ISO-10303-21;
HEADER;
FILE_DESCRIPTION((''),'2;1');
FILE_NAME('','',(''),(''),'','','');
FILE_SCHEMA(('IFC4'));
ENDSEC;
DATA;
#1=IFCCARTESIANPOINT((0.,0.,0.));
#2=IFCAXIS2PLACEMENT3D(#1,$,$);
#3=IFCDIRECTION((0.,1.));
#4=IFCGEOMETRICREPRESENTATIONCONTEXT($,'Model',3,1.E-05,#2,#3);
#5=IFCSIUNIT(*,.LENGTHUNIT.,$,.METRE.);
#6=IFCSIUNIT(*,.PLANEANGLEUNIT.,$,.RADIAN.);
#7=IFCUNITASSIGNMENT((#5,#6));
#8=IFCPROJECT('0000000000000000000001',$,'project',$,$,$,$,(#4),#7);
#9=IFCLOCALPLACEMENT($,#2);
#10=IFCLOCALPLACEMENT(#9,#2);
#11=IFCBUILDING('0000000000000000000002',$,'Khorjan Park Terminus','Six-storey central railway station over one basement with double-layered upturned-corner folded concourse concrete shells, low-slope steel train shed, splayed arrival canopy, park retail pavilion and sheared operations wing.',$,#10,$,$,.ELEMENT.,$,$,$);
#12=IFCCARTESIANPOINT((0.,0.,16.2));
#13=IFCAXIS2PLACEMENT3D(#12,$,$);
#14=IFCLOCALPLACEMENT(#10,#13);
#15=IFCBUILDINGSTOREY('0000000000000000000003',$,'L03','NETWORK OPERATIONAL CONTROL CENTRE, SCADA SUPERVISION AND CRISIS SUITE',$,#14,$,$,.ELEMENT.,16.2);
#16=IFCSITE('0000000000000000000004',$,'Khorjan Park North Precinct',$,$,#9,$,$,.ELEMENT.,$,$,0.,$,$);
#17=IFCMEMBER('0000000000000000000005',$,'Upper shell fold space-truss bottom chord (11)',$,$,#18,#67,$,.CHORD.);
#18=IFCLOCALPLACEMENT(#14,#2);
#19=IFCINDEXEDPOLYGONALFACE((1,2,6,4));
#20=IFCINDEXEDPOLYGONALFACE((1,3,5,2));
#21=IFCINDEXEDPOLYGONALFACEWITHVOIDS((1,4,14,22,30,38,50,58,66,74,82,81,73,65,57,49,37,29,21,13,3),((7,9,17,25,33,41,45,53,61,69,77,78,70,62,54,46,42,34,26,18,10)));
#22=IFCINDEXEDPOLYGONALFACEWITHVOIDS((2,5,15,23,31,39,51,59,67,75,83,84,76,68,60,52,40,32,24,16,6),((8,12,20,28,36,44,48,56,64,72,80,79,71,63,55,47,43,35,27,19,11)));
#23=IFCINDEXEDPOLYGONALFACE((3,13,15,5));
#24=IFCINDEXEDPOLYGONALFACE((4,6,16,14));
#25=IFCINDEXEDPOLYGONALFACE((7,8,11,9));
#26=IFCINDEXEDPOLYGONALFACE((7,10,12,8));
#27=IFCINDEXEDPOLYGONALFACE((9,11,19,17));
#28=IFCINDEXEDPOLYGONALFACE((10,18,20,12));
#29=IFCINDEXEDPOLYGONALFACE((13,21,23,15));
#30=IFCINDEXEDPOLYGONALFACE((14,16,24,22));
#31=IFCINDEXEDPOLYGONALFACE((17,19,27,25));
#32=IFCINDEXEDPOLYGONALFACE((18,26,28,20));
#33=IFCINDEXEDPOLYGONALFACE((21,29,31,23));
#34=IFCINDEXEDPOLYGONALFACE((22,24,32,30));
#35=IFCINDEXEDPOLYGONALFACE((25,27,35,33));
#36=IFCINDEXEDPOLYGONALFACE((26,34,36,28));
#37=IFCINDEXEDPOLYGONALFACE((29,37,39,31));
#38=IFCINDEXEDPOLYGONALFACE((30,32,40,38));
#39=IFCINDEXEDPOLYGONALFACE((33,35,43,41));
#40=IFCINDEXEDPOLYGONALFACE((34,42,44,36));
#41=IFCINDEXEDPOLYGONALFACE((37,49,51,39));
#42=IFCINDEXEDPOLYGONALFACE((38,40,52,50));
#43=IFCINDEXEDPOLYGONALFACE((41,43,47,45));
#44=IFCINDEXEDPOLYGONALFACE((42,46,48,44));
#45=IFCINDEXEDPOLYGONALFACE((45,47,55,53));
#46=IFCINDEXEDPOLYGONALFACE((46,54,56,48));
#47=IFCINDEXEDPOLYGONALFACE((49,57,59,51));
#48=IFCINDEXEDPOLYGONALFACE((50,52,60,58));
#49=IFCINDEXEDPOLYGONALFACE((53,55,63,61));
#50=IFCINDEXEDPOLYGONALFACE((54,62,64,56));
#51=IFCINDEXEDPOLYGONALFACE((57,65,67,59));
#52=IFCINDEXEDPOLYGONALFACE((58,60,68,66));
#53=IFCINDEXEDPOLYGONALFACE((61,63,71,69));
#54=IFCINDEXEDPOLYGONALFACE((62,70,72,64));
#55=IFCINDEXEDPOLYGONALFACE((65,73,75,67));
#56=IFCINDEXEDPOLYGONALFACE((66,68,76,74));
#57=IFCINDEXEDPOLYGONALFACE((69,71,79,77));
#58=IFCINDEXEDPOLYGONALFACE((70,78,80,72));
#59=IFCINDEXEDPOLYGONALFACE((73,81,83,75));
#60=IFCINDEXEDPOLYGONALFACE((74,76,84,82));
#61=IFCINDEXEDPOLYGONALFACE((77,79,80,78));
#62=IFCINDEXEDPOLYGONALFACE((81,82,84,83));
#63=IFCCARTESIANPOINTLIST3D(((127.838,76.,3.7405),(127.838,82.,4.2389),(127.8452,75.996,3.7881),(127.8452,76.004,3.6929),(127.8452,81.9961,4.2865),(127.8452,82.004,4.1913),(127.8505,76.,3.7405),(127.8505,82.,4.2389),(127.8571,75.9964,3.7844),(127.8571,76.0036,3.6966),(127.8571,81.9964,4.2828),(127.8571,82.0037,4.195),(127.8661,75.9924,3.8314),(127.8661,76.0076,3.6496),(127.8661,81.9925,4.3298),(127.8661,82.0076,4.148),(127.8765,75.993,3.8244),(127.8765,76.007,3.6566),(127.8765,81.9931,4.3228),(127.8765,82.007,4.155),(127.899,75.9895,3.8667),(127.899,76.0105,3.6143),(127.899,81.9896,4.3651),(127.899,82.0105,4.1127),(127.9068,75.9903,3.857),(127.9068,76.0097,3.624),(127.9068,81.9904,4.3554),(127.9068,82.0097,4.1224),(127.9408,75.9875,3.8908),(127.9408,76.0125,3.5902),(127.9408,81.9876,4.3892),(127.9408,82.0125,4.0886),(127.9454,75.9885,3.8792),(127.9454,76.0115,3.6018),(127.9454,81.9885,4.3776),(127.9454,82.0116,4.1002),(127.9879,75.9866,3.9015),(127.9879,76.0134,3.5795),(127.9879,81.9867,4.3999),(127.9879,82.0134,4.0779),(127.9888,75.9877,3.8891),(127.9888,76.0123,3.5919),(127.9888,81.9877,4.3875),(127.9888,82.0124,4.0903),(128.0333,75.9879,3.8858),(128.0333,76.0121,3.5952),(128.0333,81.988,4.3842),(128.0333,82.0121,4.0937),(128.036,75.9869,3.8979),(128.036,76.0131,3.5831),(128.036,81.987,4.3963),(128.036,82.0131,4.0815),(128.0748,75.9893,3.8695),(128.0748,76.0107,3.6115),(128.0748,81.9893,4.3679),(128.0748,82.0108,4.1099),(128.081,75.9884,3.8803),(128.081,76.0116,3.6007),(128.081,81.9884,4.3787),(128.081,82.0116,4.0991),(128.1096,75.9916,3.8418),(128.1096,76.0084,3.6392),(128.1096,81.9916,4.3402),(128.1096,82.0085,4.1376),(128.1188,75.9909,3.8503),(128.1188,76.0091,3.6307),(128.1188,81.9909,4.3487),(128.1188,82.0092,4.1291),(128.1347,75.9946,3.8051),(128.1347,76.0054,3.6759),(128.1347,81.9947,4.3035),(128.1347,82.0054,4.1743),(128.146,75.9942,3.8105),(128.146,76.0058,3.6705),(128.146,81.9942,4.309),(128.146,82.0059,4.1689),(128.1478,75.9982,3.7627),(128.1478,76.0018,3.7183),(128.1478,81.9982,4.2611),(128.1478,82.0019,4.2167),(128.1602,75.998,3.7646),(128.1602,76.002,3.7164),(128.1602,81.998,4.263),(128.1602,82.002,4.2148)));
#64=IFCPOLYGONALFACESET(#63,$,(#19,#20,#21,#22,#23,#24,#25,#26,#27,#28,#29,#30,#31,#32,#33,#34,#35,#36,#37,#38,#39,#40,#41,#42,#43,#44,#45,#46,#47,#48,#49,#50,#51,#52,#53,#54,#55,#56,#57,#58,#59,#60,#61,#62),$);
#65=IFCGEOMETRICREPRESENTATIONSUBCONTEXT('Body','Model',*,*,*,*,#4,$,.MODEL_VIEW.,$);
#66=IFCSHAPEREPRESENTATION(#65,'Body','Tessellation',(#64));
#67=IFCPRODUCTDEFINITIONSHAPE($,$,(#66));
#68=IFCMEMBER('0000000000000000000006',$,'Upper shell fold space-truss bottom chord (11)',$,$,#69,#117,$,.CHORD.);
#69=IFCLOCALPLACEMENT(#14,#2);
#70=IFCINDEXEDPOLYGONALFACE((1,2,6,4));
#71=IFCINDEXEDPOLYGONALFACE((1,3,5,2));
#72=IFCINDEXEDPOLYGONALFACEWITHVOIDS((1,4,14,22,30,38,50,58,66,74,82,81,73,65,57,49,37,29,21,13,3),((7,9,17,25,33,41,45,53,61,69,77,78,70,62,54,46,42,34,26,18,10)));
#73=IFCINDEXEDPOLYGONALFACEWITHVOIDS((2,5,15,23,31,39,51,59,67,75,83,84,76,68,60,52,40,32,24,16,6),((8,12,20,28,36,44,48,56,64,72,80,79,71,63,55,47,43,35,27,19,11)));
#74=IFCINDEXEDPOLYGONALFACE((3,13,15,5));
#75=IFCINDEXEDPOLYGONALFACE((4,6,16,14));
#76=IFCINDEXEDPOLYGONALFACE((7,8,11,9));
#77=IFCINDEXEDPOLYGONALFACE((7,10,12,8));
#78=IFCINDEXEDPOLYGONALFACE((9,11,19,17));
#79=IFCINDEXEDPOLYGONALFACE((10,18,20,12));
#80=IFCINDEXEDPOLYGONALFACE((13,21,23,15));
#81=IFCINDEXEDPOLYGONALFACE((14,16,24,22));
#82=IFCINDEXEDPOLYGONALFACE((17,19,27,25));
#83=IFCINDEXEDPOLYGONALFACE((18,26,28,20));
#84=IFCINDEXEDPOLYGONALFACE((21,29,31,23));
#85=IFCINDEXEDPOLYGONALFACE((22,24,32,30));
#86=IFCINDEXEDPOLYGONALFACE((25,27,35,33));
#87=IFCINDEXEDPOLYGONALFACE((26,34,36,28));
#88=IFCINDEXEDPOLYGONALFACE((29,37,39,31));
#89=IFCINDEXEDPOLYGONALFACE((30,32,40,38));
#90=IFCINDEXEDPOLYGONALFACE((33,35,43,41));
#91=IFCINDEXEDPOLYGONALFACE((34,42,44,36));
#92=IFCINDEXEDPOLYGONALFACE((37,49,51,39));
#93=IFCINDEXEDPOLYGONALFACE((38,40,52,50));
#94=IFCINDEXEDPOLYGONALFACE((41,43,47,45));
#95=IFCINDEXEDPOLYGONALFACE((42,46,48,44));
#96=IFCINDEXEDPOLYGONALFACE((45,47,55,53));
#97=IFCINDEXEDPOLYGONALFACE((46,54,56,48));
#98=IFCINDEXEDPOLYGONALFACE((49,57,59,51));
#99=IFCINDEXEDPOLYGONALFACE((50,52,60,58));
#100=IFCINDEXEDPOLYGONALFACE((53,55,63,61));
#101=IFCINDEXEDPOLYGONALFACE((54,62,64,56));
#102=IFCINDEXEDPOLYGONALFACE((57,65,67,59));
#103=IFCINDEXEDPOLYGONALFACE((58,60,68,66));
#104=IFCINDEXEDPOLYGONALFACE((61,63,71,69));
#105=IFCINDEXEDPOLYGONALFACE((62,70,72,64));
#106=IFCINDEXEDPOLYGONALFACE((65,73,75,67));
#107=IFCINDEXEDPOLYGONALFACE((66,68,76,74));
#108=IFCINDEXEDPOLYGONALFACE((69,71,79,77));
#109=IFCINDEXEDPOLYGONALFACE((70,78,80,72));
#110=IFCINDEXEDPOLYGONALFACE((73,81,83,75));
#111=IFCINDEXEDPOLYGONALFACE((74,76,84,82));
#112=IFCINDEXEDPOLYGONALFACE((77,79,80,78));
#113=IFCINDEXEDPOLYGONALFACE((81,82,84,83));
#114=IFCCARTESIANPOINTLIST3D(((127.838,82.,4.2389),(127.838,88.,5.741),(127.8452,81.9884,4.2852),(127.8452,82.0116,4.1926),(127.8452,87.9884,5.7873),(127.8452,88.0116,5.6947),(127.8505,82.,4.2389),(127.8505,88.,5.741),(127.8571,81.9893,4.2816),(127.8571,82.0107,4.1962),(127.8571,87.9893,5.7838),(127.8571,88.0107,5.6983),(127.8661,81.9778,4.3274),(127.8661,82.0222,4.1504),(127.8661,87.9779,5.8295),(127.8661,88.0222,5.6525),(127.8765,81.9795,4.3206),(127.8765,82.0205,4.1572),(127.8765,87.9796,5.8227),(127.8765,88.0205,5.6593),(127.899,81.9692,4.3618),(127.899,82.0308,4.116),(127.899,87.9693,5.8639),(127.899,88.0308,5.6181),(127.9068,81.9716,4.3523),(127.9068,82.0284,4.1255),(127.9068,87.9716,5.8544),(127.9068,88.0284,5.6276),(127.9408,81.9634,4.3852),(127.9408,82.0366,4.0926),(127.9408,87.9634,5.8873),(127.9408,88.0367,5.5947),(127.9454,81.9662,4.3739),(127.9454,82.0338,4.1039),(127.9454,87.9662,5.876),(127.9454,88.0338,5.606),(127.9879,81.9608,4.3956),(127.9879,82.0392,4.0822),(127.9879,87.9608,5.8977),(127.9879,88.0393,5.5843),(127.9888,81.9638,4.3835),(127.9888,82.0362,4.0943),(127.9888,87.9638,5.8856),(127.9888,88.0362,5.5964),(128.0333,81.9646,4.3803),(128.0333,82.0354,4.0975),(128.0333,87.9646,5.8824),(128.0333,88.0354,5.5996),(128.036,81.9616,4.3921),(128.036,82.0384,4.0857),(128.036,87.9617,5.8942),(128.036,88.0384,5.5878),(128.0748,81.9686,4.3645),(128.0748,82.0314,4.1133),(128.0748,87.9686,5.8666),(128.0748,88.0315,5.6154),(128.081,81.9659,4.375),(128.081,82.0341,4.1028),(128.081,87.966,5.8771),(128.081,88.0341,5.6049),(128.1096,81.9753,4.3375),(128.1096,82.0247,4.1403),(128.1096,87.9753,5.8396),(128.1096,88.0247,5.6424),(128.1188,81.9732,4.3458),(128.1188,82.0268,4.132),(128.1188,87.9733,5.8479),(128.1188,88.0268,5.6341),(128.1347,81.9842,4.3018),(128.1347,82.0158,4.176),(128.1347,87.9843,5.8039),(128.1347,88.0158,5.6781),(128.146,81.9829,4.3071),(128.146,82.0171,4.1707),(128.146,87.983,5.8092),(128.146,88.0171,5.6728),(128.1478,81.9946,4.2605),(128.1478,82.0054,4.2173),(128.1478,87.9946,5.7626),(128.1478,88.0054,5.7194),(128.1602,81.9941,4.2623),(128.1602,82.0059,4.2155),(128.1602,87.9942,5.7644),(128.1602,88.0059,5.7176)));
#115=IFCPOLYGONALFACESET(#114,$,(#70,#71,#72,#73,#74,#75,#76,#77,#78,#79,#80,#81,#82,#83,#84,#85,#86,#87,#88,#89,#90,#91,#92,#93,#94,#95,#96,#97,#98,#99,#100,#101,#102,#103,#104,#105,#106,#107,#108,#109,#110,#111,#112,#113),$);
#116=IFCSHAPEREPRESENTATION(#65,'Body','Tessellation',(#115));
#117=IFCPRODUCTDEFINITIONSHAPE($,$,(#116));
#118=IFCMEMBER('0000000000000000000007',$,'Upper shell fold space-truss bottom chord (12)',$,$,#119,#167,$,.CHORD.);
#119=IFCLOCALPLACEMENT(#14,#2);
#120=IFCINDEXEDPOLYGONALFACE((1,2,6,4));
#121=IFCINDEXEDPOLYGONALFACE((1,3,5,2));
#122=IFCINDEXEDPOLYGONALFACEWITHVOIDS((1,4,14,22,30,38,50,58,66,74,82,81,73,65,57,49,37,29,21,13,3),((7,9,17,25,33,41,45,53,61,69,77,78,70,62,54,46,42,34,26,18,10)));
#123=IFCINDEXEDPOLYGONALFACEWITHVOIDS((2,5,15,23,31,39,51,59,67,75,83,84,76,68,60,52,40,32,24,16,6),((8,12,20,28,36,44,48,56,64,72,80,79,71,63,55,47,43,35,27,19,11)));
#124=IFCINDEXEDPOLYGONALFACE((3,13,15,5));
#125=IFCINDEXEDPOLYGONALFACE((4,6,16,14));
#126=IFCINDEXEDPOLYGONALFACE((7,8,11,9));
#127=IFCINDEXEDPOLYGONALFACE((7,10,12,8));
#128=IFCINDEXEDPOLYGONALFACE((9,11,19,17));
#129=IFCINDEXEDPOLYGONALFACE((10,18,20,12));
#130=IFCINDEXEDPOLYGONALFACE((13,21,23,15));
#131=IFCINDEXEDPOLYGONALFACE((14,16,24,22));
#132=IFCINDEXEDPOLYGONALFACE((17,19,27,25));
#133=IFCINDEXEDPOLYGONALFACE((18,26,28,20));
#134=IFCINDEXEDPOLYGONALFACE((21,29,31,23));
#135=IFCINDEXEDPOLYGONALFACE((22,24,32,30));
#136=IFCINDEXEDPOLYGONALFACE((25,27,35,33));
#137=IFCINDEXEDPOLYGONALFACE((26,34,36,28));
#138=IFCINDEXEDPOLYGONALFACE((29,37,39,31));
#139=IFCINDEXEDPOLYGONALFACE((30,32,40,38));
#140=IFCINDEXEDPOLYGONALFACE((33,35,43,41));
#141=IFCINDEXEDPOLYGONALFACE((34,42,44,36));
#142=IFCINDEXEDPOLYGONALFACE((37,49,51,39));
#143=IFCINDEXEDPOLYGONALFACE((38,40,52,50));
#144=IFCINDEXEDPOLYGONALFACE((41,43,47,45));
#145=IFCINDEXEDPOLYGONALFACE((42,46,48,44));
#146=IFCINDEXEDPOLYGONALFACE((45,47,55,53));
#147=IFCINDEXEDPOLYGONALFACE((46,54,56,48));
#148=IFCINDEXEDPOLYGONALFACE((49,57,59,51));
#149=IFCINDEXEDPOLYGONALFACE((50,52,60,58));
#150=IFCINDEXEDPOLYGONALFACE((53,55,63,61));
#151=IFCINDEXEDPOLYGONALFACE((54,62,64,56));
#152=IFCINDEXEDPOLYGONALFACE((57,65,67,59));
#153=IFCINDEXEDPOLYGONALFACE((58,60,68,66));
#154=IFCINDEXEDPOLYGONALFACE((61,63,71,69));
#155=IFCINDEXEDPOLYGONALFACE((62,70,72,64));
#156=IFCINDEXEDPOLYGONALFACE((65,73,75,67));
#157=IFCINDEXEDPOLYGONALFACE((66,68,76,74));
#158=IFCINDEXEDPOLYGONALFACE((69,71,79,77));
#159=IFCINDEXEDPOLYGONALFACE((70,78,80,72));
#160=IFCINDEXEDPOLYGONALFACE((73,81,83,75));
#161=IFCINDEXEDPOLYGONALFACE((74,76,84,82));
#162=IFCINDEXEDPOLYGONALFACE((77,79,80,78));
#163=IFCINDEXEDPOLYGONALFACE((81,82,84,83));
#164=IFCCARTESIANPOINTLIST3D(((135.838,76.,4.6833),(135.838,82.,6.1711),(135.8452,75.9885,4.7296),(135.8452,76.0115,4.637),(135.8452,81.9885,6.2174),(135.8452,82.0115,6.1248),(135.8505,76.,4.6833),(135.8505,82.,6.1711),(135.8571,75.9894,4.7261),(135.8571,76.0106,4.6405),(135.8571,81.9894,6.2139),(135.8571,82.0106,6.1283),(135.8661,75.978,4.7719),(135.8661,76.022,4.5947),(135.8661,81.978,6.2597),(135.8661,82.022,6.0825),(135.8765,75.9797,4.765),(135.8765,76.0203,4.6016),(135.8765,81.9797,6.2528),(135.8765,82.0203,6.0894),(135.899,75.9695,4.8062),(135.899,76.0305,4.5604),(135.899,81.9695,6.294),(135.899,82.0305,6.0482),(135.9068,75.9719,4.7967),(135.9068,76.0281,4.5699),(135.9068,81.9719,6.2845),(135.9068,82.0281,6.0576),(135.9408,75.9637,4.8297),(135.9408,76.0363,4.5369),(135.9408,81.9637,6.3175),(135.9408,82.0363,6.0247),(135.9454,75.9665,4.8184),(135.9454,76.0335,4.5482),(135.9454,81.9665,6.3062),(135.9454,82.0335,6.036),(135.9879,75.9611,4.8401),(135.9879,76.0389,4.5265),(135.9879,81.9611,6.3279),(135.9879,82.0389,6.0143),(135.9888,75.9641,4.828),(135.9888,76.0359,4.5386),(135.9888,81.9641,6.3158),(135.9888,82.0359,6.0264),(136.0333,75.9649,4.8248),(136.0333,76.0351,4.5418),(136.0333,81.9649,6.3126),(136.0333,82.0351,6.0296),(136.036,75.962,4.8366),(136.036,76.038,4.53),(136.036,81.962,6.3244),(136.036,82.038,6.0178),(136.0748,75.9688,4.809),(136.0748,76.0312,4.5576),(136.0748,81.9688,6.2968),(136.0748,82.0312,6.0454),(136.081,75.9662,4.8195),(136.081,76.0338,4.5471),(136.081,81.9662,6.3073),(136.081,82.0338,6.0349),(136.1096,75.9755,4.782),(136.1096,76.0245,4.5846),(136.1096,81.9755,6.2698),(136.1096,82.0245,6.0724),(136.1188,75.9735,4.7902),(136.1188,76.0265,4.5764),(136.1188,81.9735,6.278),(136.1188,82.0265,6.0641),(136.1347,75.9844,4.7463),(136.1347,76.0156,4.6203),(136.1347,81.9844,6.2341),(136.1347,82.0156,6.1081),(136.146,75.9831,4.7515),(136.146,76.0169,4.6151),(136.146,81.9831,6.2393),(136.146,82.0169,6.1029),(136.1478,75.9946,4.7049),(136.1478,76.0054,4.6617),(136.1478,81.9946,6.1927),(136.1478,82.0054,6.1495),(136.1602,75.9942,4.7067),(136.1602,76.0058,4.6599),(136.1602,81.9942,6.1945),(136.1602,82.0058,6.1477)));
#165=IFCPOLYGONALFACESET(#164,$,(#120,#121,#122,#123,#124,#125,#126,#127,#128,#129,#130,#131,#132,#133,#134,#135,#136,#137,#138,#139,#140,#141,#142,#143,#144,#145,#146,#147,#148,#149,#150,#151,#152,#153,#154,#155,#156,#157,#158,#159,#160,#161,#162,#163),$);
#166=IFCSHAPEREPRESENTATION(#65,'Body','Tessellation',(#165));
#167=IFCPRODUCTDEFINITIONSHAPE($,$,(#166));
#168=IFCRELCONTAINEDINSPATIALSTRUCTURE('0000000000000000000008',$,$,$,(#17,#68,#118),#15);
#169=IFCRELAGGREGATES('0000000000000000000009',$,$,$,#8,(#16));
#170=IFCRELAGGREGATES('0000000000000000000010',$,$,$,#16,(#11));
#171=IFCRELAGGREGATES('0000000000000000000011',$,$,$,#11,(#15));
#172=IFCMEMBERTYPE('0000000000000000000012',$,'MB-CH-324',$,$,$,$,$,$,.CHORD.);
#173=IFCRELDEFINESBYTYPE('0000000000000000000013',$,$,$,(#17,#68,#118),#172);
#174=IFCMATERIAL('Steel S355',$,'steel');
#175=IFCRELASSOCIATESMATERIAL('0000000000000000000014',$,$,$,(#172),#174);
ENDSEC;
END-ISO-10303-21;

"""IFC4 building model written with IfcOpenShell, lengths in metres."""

from ifc_helpers import new_model, si_unit, direction, frame, origin, origin_2d, place, context, subcontext, project, spatial, hollow_circle, extrude, material, material_profile, profile_set, type_object, element, save


model = new_model("IFC4")

# Units and contexts
model_context = context("Model", 3, precision=1e-05, world=origin(), true_north=direction((0.0, 1.0)))
body_context = subcontext(model_context, "Body", "Model", "MODEL_VIEW")
ifc_project = project(units=[si_unit("LENGTHUNIT", "METRE"), si_unit("PLANEANGLEUNIT", "RADIAN")], contexts=[model_context])

# Site, building, storey
site_placement = place(None, origin())
site = spatial("IfcSite", under=ifc_project, at=site_placement, Name="Khorjan Park North Precinct", CompositionType="ELEMENT", RefElevation=0.0)
building_placement = place(site_placement, origin())
building = spatial("IfcBuilding", under=site, at=building_placement, Name="Khorjan Park Terminus", Description="Six-storey central railway station over one basement with double-layered upturned-corner folded concourse concrete shells, low-slope steel train shed, splayed arrival canopy, park retail pavilion and sheared operations wing.", CompositionType="ELEMENT")
storey_placement = place(building_placement, frame((0.0, 0.0, 16.2)))
storey = spatial("IfcBuildingStorey", under=building, at=storey_placement, Name="L03", Description="NETWORK OPERATIONAL CONTROL CENTRE, SCADA SUPERVISION AND CRISIS SUITE", CompositionType="ELEMENT", Elevation=16.2)

# Members
ifc_material_1 = material(Name="Steel S355", Category="steel")
ifc_material_profile_1 = material_profile(ifc_material_1, hollow_circle(Radius=0.162, WallThickness=0.0125, at=origin_2d()), Name="CHS 323.9x12.5")
ifc_profile_set_1 = profile_set([ifc_material_profile_1], Name="Steel S355")
member_type_1 = type_object("IfcMemberType", Name="MB-CH-324", PredefinedType="CHORD", material=ifc_profile_set_1)
member_1_placement = place(storey_placement, frame((128.0, 76.0, 3.7405), z_axis=(0.0, 0.996568, 0.082782), x_axis=(-1.0, 0.0, 0.0)))
element("IfcMember", 1, at=member_1_placement, inside=storey, type_object=member_type_1, Name="Upper shell fold space-truss bottom chord (11)", PredefinedType="CHORD", context=body_context, shape_type="SweptSolid", body=[
    extrude(hollow_circle(Radius=0.162, WallThickness=0.0125, at=origin_2d()), origin(), (0.0, 0.0, 1.0), 6.0207),
])
member_2_placement = place(storey_placement, frame((128.0, 82.0, 4.2389), z_axis=(0.0, 0.970063, 0.242855), x_axis=(-1.0, 0.0, 0.0)))
element("IfcMember", 2, at=member_2_placement, inside=storey, type_object=member_type_1, Name="Upper shell fold space-truss bottom chord (11)", PredefinedType="CHORD", context=body_context, shape_type="SweptSolid", body=[
    extrude(hollow_circle(Radius=0.162, WallThickness=0.0125, at=origin_2d()), origin(), (0.0, 0.0, 1.0), 6.1852),
])
member_3_placement = place(storey_placement, frame((136.0, 76.0, 4.6833), z_axis=(0.0, 0.970605, 0.240678), x_axis=(-1.0, 0.0, 0.0)))
element("IfcMember", 3, at=member_3_placement, inside=storey, type_object=member_type_1, Name="Upper shell fold space-truss bottom chord (12)", PredefinedType="CHORD", context=body_context, shape_type="SweptSolid", body=[
    extrude(hollow_circle(Radius=0.162, WallThickness=0.0125, at=origin_2d()), origin(), (0.0, 0.0, 1.0), 6.1817),
])

save(model, "model.ifc")
